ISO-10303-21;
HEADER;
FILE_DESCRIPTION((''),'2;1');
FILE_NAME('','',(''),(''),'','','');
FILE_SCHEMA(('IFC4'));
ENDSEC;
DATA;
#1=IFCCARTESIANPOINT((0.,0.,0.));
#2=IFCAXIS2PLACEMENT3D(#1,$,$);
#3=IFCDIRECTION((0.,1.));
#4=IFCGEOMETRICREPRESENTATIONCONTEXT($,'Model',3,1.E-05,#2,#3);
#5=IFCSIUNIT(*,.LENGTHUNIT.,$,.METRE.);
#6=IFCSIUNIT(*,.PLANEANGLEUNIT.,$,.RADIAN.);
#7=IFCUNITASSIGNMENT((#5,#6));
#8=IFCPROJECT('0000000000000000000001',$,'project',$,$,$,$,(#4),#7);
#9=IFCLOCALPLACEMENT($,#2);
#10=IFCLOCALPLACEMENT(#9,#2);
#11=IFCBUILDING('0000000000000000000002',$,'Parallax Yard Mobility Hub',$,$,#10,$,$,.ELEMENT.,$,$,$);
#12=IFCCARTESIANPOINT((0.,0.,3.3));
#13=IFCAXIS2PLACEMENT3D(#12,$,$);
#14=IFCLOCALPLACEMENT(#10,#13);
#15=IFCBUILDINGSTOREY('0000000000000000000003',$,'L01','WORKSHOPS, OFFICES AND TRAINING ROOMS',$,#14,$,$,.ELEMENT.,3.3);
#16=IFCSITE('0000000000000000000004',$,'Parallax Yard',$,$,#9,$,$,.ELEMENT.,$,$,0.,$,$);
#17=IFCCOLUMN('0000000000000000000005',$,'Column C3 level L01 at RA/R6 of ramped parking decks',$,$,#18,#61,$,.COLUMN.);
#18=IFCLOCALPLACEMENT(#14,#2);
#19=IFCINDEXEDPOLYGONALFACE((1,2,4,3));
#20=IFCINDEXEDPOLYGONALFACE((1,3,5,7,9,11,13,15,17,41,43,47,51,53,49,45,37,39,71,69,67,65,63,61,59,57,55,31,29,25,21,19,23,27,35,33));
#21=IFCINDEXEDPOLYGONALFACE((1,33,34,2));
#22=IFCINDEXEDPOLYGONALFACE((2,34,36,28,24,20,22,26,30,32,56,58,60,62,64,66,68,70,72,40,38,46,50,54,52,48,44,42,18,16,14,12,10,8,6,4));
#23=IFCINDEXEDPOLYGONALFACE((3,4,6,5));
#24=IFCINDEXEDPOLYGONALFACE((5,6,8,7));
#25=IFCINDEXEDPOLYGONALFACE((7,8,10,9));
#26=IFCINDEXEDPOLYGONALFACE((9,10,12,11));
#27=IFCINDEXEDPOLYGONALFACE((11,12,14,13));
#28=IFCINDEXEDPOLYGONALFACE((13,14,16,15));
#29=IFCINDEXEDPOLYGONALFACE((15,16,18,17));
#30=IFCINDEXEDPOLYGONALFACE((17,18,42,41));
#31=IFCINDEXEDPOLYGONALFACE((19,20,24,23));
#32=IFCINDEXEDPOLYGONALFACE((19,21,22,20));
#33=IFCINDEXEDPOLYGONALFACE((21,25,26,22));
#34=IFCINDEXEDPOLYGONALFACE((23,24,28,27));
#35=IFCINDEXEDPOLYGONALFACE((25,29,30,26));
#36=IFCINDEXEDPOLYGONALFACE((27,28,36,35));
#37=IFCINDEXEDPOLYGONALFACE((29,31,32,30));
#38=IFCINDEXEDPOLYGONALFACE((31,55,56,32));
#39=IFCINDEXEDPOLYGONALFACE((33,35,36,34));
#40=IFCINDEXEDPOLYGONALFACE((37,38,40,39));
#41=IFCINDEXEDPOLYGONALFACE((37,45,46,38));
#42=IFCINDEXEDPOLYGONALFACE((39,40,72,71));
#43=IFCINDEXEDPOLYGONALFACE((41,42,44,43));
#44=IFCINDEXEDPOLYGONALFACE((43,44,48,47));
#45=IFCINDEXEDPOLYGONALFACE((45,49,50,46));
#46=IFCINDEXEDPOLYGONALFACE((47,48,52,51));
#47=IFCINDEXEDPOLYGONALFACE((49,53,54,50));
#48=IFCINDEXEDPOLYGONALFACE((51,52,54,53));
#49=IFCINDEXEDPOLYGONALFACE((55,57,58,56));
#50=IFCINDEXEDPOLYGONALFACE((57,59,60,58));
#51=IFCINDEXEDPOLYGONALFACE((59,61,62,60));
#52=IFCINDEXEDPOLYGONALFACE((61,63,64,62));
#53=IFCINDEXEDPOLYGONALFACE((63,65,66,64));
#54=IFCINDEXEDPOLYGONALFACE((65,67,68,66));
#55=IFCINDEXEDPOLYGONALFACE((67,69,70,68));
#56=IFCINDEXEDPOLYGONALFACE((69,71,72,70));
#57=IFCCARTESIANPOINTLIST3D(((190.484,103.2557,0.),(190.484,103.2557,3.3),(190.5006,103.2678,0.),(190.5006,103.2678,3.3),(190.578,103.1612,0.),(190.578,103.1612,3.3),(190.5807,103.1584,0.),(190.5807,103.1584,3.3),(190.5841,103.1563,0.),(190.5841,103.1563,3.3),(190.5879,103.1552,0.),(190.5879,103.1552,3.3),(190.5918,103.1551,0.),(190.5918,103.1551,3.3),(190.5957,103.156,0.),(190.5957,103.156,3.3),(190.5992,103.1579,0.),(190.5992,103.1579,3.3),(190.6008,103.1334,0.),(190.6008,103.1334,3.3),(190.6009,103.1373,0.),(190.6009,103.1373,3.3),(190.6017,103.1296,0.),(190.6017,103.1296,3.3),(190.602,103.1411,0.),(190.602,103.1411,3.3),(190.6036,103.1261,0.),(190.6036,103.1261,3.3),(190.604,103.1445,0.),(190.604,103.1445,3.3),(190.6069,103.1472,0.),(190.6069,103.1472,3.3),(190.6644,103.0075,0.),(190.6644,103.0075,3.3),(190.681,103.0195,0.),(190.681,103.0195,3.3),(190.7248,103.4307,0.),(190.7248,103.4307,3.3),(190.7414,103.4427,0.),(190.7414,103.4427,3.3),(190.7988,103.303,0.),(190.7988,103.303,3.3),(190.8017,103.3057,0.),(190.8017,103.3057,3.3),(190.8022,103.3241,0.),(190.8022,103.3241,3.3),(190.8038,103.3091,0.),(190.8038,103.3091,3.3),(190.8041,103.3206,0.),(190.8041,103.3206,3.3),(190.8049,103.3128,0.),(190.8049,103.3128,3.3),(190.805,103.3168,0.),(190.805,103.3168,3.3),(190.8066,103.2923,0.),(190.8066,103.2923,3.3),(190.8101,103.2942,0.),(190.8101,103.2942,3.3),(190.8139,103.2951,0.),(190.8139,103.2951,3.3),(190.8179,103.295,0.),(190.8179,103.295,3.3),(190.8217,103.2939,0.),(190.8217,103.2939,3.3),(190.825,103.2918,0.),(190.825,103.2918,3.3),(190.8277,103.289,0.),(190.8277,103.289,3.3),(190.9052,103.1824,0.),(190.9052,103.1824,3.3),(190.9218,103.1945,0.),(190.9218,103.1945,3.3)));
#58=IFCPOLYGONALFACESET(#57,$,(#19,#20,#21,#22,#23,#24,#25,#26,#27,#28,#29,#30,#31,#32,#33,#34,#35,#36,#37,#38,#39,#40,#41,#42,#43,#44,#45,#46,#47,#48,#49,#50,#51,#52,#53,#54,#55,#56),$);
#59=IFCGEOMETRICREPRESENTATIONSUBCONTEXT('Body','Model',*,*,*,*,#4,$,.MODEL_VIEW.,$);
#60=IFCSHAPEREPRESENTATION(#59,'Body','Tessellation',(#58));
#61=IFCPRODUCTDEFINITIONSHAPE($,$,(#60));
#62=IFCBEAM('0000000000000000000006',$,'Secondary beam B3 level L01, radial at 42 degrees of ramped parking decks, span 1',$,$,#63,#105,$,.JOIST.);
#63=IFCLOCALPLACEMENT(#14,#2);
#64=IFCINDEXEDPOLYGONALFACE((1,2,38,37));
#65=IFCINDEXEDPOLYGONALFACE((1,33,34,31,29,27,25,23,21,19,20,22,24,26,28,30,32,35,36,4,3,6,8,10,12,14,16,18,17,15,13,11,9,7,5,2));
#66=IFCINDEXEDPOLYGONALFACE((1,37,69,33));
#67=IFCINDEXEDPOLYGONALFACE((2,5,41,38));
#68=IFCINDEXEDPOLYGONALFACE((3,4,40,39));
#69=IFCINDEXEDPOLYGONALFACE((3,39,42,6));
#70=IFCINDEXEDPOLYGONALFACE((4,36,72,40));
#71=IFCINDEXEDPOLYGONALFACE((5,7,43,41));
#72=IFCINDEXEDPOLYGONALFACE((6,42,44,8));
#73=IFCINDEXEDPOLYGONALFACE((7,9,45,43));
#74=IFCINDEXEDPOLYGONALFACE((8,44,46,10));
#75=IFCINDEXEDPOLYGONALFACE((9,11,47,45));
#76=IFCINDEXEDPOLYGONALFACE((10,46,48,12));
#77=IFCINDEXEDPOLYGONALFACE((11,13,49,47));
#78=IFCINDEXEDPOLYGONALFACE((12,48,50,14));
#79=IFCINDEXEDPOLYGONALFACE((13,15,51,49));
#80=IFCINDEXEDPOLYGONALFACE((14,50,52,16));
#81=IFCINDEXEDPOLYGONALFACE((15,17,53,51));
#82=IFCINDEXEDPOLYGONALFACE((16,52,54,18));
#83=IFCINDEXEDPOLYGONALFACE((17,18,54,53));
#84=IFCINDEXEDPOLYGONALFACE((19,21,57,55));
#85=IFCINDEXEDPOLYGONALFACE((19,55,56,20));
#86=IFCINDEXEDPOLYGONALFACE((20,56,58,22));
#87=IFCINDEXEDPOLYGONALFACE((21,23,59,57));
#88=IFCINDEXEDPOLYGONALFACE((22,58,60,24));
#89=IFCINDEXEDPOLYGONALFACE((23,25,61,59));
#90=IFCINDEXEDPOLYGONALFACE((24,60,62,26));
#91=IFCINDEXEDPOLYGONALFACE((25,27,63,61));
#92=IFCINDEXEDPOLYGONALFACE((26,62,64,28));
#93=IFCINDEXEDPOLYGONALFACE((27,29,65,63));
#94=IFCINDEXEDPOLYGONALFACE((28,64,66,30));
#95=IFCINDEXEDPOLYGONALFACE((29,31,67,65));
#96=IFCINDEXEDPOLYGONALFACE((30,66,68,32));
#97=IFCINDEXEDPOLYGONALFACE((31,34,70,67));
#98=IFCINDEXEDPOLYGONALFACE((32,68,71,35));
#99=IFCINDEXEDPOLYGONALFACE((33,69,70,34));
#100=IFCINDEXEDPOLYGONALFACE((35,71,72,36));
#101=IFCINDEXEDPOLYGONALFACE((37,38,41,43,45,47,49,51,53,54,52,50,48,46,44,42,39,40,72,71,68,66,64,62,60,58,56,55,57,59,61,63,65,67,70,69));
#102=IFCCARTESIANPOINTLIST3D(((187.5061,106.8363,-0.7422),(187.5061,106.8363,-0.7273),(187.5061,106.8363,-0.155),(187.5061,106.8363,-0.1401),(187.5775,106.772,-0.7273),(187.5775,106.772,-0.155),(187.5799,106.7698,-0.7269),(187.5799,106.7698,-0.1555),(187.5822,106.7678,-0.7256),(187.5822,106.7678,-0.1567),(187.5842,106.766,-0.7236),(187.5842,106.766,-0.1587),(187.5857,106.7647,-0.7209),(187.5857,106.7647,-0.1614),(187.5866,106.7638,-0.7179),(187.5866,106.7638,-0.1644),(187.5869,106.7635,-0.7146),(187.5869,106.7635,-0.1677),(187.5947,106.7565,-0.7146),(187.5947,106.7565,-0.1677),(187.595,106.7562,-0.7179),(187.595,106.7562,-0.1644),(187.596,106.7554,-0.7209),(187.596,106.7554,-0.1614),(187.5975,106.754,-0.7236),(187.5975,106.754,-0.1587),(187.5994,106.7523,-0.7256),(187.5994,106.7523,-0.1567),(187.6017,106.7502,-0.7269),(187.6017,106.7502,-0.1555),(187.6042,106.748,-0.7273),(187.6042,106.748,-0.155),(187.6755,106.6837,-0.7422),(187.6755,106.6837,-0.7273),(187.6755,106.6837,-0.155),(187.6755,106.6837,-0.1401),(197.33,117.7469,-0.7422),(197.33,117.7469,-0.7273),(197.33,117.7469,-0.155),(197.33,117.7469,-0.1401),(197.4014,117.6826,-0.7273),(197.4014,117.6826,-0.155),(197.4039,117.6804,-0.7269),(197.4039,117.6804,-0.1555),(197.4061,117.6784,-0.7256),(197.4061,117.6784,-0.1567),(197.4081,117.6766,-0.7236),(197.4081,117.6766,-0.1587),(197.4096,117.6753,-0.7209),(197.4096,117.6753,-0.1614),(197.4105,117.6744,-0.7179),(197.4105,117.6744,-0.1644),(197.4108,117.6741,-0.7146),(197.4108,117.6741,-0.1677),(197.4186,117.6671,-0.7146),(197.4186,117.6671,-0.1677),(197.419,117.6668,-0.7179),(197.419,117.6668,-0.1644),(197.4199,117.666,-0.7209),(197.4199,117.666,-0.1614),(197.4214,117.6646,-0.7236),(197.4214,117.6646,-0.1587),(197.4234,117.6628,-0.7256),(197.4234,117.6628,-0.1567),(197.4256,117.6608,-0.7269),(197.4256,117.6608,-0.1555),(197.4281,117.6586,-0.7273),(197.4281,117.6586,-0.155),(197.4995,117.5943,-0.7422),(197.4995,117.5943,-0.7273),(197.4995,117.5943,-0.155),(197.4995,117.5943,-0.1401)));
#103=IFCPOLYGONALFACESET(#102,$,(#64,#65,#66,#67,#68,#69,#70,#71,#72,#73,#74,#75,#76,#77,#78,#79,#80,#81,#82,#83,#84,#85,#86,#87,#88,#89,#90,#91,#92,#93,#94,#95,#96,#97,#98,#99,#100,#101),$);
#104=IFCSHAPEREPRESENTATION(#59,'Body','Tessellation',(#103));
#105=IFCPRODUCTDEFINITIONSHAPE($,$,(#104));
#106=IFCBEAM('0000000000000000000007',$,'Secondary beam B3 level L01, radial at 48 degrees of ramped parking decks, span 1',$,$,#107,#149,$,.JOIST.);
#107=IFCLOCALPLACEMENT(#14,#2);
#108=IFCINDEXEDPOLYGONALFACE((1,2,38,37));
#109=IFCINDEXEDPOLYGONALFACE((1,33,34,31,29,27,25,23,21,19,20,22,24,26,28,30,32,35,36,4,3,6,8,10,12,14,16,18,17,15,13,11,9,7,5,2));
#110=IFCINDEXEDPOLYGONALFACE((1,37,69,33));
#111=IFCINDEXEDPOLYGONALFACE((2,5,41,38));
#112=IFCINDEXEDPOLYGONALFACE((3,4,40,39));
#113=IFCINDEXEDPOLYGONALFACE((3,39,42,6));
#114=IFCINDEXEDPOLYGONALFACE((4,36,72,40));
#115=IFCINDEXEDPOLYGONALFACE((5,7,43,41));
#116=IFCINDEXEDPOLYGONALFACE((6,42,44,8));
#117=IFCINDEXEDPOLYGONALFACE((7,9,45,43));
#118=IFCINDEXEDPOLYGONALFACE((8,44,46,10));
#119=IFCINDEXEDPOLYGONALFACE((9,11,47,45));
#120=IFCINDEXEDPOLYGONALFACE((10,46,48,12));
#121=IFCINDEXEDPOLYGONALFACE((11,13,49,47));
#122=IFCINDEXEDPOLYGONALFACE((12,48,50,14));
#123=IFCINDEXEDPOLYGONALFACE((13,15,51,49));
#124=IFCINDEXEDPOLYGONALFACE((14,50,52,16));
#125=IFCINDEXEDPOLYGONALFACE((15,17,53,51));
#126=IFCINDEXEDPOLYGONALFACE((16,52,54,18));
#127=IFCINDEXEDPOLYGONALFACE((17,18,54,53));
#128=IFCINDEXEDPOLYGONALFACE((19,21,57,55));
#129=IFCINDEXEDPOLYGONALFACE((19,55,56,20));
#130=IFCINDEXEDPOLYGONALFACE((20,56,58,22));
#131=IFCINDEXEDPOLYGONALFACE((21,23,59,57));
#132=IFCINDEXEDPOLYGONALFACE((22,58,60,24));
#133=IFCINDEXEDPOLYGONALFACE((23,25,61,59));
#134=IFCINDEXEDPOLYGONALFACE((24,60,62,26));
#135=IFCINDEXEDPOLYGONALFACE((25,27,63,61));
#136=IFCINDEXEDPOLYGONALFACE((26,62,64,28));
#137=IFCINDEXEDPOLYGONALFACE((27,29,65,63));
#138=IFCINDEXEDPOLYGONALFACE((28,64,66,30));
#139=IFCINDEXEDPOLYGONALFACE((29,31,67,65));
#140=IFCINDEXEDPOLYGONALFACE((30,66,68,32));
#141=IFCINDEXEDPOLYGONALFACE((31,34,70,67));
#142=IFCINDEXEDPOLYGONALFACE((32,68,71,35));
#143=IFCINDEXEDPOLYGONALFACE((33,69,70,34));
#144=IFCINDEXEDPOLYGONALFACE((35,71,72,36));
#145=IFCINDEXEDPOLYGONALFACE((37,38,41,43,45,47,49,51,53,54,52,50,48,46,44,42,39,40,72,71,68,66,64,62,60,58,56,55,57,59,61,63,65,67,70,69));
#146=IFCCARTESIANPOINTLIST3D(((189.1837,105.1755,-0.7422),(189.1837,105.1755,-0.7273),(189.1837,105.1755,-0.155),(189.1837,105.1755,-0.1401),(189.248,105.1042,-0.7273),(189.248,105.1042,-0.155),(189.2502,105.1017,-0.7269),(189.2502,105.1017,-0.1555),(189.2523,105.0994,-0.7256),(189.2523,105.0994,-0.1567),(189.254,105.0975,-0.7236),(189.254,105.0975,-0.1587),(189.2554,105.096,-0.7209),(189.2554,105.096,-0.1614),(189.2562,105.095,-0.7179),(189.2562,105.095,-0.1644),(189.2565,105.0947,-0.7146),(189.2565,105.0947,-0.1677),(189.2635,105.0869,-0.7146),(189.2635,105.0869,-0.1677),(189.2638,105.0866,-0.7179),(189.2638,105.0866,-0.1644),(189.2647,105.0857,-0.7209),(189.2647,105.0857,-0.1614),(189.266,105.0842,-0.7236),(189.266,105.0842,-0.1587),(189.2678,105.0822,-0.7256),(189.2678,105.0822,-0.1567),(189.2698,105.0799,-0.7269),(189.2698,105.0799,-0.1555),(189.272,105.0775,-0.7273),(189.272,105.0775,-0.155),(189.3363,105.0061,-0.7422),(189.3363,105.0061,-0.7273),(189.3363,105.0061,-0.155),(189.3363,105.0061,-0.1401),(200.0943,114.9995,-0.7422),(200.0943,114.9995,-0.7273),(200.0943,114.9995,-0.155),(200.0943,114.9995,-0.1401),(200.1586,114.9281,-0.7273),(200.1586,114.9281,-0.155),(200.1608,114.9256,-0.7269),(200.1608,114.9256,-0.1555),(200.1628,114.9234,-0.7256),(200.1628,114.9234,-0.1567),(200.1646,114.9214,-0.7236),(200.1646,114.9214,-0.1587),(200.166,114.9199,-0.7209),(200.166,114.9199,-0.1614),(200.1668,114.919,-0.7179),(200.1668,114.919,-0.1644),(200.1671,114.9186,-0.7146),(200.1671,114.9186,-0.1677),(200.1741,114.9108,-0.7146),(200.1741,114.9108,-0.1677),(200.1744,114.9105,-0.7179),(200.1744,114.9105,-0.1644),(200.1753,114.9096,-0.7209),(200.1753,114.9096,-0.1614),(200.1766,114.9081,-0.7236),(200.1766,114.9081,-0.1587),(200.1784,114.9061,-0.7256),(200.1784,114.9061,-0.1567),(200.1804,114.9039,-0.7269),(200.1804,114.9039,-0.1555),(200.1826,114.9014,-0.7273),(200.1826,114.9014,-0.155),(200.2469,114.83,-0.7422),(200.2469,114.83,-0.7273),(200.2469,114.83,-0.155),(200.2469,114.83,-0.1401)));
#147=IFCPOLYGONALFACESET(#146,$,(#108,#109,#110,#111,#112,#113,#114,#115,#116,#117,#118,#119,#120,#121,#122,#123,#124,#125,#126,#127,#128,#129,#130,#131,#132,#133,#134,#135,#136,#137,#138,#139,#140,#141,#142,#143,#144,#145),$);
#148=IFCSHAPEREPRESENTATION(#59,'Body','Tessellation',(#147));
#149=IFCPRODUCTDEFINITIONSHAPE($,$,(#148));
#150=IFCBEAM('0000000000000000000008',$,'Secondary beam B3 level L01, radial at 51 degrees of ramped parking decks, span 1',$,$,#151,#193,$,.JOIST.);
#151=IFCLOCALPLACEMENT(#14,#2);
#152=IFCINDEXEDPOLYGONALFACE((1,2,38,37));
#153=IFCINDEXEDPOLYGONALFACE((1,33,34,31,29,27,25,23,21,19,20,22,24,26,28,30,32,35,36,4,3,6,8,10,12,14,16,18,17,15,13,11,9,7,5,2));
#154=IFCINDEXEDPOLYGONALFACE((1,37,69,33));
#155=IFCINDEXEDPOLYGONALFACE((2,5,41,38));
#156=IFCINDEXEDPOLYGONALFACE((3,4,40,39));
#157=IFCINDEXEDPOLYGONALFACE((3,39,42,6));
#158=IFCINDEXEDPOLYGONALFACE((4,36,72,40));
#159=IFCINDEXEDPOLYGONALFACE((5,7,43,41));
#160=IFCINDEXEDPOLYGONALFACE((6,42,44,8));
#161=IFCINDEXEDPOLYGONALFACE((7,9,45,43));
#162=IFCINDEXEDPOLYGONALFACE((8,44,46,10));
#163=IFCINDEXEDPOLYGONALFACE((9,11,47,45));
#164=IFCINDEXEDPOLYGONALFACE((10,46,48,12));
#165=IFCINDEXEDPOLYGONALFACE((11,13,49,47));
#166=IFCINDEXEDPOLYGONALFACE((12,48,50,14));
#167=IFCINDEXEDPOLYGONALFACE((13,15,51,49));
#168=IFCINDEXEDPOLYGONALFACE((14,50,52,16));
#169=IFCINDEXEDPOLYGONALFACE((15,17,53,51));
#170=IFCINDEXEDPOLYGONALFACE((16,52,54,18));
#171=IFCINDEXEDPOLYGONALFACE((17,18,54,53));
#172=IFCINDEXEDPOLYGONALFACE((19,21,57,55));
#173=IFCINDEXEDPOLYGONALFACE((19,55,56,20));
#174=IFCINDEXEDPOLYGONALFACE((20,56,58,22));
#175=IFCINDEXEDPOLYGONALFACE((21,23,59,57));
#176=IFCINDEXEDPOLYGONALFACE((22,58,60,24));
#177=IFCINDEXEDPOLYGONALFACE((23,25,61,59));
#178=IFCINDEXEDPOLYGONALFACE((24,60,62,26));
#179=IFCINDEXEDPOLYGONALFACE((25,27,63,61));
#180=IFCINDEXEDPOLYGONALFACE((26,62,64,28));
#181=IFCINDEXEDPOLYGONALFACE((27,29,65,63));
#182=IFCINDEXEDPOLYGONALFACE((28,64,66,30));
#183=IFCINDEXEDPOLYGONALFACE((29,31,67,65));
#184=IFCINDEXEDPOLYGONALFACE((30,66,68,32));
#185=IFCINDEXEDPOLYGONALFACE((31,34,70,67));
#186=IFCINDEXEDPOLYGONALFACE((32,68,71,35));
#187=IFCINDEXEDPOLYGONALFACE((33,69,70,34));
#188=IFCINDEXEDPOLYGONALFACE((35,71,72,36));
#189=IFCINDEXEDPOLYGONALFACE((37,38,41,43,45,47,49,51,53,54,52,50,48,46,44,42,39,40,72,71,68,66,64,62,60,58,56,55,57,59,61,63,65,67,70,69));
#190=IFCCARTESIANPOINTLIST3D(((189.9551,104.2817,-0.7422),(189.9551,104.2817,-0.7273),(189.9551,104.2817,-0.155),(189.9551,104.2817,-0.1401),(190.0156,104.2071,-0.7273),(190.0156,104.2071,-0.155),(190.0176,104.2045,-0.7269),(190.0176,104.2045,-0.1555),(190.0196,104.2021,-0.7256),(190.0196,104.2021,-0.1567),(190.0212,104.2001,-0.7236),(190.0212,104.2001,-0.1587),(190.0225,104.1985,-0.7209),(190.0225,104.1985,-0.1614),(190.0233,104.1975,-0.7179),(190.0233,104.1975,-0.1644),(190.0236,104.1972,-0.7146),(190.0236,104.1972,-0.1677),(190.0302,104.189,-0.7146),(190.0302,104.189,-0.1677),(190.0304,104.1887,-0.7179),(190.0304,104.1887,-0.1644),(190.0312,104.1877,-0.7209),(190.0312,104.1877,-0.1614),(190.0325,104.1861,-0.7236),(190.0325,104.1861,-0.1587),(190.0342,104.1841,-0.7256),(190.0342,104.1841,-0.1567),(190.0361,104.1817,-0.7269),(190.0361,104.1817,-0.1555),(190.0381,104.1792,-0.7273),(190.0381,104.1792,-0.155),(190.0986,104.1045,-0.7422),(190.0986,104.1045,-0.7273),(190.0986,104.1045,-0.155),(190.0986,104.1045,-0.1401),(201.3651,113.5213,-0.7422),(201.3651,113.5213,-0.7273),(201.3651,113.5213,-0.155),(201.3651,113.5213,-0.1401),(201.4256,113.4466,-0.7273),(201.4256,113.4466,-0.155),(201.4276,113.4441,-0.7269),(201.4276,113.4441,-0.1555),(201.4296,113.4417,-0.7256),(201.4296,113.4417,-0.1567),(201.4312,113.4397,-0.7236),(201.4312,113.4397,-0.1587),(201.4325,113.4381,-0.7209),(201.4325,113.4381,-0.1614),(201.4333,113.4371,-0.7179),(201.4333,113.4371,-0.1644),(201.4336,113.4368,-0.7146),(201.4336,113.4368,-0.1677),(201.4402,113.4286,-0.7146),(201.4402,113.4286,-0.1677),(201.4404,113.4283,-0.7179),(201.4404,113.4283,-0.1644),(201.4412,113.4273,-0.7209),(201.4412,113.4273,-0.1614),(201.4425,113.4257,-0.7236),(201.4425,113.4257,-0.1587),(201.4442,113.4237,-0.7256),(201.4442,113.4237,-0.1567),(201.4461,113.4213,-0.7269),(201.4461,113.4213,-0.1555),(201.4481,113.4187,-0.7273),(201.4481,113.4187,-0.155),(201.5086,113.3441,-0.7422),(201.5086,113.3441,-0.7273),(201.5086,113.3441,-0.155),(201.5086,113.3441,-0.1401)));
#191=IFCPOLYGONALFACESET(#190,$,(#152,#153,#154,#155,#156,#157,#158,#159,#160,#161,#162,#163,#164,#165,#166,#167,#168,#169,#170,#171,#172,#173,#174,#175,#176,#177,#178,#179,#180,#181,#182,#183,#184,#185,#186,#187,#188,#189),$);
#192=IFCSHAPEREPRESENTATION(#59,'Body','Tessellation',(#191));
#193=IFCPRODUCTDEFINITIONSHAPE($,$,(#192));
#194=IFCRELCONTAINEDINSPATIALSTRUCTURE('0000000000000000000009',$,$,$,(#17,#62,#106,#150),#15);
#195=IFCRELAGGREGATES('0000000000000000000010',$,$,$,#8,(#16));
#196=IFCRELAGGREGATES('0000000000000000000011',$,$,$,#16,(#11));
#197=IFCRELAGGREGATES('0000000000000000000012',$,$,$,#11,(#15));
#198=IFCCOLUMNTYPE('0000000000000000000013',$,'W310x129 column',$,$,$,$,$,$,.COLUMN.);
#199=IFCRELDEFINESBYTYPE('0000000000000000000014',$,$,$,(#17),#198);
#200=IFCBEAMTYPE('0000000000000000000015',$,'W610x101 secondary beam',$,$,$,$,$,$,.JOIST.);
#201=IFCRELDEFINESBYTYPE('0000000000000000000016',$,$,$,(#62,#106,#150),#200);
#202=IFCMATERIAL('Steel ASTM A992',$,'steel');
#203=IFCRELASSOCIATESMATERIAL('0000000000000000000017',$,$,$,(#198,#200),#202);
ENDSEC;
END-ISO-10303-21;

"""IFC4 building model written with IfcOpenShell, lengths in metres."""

from ifc_helpers import new_model, si_unit, direction, frame, origin, origin_2d, place, context, subcontext, project, spatial, i_section, extrude, material, material_profile, profile_set, type_object, element, save


model = new_model("IFC4")

# Units and contexts
model_context = context("Model", 3, precision=1e-05, world=origin(), true_north=direction((0.0, 1.0)))
body_context = subcontext(model_context, "Body", "Model", "MODEL_VIEW")
ifc_project = project(units=[si_unit("LENGTHUNIT", "METRE"), si_unit("PLANEANGLEUNIT", "RADIAN")], contexts=[model_context])

# Site, building, storey
site_placement = place(None, origin())
site = spatial("IfcSite", under=ifc_project, at=site_placement, Name="Parallax Yard", CompositionType="ELEMENT", RefElevation=0.0)
building_placement = place(site_placement, origin())
building = spatial("IfcBuilding", under=site, at=building_placement, Name="Parallax Yard Mobility Hub", CompositionType="ELEMENT")
storey_placement = place(building_placement, frame((0.0, 0.0, 3.3)))
storey = spatial("IfcBuildingStorey", under=building, at=storey_placement, Name="L01", Description="WORKSHOPS, OFFICES AND TRAINING ROOMS", CompositionType="ELEMENT", Elevation=3.3)

# Column
ifc_material_1 = material(Name="Steel ASTM A992", Category="steel")
ifc_material_profile_1 = material_profile(ifc_material_1, i_section(OverallWidth=0.3069, OverallDepth=0.3181, WebThickness=0.0132, FlangeThickness=0.0205, FilletRadius=0.0151, at=origin_2d()), Name="W310x129")
ifc_profile_set_1 = profile_set([ifc_material_profile_1], Name="Steel ASTM A992")
column_type = type_object("IfcColumnType", Name="W310x129 column", PredefinedType="COLUMN", material=ifc_profile_set_1)
column_placement = place(storey_placement, frame((190.7029, 103.2251, 0.0), z_axis=(0.0, 0.0, 1.0), x_axis=(-0.587785, 0.809017, 0.0)))
element("IfcColumn", 1, at=column_placement, inside=storey, type_object=column_type, Name="Column C3 level L01 at RA/R6 of ramped parking decks", PredefinedType="COLUMN", context=body_context, shape_type="SweptSolid", body=[
    extrude(i_section(OverallWidth=0.3069, OverallDepth=0.3181, WebThickness=0.0132, FlangeThickness=0.0205, FilletRadius=0.0151, at=origin_2d()), origin(), (0.0, 0.0, 1.0), 3.3),
])

# Beams
ifc_material_profile_2 = material_profile(ifc_material_1, i_section(OverallWidth=0.228, OverallDepth=0.6021, WebThickness=0.0105, FlangeThickness=0.0149, FilletRadius=0.0127, at=origin_2d()), Name="W610x101")
ifc_profile_set_2 = profile_set([ifc_material_profile_2], Name="Steel ASTM A992")
beam_type_1 = type_object("IfcBeamType", Name="W610x101 secondary beam", PredefinedType="JOIST", material=ifc_profile_set_2)
for number, where, z_axis, x_axis, name in (
    (2, (187.5908, 106.76, -0.4412), (0.66913, 0.743145, 0.0), (-0.743145, 0.66913, 0.0), "Secondary beam B3 level L01, radial at 42 degrees of ramped parking decks, span 1"),
    (3, (189.26, 105.0908, -0.4412), (0.743145, 0.66913, 0.0), (-0.66913, 0.743145, 0.0), "Secondary beam B3 level L01, radial at 48 degrees of ramped parking decks, span 1"),
):
    element("IfcBeam", number, at=place(storey_placement, frame(where, z_axis=z_axis, x_axis=x_axis)), inside=storey, type_object=beam_type_1, Name=name, PredefinedType="JOIST", context=body_context, shape_type="SweptSolid", body=[
        extrude(i_section(OverallWidth=0.228, OverallDepth=0.6021, WebThickness=0.0105, FlangeThickness=0.0149, FilletRadius=0.0127, at=origin_2d()), origin(), (0.0, 0.0, 1.0), 14.6816),
    ])
beam_1_placement = place(storey_placement, frame((190.0269, 104.1931, -0.4412), z_axis=(0.777148, 0.629318, 0.0), x_axis=(-0.629318, 0.777148, 0.0)))
element("IfcBeam", 4, at=beam_1_placement, inside=storey, type_object=beam_type_1, Name="Secondary beam B3 level L01, radial at 51 degrees of ramped parking decks, span 1", PredefinedType="JOIST", context=body_context, shape_type="SweptSolid", body=[
    extrude(i_section(OverallWidth=0.228, OverallDepth=0.6021, WebThickness=0.0105, FlangeThickness=0.0149, FilletRadius=0.0127, at=origin_2d()), origin(), (0.0, 0.0, 1.0), 14.6819),
])

save(model, "model.ifc")
